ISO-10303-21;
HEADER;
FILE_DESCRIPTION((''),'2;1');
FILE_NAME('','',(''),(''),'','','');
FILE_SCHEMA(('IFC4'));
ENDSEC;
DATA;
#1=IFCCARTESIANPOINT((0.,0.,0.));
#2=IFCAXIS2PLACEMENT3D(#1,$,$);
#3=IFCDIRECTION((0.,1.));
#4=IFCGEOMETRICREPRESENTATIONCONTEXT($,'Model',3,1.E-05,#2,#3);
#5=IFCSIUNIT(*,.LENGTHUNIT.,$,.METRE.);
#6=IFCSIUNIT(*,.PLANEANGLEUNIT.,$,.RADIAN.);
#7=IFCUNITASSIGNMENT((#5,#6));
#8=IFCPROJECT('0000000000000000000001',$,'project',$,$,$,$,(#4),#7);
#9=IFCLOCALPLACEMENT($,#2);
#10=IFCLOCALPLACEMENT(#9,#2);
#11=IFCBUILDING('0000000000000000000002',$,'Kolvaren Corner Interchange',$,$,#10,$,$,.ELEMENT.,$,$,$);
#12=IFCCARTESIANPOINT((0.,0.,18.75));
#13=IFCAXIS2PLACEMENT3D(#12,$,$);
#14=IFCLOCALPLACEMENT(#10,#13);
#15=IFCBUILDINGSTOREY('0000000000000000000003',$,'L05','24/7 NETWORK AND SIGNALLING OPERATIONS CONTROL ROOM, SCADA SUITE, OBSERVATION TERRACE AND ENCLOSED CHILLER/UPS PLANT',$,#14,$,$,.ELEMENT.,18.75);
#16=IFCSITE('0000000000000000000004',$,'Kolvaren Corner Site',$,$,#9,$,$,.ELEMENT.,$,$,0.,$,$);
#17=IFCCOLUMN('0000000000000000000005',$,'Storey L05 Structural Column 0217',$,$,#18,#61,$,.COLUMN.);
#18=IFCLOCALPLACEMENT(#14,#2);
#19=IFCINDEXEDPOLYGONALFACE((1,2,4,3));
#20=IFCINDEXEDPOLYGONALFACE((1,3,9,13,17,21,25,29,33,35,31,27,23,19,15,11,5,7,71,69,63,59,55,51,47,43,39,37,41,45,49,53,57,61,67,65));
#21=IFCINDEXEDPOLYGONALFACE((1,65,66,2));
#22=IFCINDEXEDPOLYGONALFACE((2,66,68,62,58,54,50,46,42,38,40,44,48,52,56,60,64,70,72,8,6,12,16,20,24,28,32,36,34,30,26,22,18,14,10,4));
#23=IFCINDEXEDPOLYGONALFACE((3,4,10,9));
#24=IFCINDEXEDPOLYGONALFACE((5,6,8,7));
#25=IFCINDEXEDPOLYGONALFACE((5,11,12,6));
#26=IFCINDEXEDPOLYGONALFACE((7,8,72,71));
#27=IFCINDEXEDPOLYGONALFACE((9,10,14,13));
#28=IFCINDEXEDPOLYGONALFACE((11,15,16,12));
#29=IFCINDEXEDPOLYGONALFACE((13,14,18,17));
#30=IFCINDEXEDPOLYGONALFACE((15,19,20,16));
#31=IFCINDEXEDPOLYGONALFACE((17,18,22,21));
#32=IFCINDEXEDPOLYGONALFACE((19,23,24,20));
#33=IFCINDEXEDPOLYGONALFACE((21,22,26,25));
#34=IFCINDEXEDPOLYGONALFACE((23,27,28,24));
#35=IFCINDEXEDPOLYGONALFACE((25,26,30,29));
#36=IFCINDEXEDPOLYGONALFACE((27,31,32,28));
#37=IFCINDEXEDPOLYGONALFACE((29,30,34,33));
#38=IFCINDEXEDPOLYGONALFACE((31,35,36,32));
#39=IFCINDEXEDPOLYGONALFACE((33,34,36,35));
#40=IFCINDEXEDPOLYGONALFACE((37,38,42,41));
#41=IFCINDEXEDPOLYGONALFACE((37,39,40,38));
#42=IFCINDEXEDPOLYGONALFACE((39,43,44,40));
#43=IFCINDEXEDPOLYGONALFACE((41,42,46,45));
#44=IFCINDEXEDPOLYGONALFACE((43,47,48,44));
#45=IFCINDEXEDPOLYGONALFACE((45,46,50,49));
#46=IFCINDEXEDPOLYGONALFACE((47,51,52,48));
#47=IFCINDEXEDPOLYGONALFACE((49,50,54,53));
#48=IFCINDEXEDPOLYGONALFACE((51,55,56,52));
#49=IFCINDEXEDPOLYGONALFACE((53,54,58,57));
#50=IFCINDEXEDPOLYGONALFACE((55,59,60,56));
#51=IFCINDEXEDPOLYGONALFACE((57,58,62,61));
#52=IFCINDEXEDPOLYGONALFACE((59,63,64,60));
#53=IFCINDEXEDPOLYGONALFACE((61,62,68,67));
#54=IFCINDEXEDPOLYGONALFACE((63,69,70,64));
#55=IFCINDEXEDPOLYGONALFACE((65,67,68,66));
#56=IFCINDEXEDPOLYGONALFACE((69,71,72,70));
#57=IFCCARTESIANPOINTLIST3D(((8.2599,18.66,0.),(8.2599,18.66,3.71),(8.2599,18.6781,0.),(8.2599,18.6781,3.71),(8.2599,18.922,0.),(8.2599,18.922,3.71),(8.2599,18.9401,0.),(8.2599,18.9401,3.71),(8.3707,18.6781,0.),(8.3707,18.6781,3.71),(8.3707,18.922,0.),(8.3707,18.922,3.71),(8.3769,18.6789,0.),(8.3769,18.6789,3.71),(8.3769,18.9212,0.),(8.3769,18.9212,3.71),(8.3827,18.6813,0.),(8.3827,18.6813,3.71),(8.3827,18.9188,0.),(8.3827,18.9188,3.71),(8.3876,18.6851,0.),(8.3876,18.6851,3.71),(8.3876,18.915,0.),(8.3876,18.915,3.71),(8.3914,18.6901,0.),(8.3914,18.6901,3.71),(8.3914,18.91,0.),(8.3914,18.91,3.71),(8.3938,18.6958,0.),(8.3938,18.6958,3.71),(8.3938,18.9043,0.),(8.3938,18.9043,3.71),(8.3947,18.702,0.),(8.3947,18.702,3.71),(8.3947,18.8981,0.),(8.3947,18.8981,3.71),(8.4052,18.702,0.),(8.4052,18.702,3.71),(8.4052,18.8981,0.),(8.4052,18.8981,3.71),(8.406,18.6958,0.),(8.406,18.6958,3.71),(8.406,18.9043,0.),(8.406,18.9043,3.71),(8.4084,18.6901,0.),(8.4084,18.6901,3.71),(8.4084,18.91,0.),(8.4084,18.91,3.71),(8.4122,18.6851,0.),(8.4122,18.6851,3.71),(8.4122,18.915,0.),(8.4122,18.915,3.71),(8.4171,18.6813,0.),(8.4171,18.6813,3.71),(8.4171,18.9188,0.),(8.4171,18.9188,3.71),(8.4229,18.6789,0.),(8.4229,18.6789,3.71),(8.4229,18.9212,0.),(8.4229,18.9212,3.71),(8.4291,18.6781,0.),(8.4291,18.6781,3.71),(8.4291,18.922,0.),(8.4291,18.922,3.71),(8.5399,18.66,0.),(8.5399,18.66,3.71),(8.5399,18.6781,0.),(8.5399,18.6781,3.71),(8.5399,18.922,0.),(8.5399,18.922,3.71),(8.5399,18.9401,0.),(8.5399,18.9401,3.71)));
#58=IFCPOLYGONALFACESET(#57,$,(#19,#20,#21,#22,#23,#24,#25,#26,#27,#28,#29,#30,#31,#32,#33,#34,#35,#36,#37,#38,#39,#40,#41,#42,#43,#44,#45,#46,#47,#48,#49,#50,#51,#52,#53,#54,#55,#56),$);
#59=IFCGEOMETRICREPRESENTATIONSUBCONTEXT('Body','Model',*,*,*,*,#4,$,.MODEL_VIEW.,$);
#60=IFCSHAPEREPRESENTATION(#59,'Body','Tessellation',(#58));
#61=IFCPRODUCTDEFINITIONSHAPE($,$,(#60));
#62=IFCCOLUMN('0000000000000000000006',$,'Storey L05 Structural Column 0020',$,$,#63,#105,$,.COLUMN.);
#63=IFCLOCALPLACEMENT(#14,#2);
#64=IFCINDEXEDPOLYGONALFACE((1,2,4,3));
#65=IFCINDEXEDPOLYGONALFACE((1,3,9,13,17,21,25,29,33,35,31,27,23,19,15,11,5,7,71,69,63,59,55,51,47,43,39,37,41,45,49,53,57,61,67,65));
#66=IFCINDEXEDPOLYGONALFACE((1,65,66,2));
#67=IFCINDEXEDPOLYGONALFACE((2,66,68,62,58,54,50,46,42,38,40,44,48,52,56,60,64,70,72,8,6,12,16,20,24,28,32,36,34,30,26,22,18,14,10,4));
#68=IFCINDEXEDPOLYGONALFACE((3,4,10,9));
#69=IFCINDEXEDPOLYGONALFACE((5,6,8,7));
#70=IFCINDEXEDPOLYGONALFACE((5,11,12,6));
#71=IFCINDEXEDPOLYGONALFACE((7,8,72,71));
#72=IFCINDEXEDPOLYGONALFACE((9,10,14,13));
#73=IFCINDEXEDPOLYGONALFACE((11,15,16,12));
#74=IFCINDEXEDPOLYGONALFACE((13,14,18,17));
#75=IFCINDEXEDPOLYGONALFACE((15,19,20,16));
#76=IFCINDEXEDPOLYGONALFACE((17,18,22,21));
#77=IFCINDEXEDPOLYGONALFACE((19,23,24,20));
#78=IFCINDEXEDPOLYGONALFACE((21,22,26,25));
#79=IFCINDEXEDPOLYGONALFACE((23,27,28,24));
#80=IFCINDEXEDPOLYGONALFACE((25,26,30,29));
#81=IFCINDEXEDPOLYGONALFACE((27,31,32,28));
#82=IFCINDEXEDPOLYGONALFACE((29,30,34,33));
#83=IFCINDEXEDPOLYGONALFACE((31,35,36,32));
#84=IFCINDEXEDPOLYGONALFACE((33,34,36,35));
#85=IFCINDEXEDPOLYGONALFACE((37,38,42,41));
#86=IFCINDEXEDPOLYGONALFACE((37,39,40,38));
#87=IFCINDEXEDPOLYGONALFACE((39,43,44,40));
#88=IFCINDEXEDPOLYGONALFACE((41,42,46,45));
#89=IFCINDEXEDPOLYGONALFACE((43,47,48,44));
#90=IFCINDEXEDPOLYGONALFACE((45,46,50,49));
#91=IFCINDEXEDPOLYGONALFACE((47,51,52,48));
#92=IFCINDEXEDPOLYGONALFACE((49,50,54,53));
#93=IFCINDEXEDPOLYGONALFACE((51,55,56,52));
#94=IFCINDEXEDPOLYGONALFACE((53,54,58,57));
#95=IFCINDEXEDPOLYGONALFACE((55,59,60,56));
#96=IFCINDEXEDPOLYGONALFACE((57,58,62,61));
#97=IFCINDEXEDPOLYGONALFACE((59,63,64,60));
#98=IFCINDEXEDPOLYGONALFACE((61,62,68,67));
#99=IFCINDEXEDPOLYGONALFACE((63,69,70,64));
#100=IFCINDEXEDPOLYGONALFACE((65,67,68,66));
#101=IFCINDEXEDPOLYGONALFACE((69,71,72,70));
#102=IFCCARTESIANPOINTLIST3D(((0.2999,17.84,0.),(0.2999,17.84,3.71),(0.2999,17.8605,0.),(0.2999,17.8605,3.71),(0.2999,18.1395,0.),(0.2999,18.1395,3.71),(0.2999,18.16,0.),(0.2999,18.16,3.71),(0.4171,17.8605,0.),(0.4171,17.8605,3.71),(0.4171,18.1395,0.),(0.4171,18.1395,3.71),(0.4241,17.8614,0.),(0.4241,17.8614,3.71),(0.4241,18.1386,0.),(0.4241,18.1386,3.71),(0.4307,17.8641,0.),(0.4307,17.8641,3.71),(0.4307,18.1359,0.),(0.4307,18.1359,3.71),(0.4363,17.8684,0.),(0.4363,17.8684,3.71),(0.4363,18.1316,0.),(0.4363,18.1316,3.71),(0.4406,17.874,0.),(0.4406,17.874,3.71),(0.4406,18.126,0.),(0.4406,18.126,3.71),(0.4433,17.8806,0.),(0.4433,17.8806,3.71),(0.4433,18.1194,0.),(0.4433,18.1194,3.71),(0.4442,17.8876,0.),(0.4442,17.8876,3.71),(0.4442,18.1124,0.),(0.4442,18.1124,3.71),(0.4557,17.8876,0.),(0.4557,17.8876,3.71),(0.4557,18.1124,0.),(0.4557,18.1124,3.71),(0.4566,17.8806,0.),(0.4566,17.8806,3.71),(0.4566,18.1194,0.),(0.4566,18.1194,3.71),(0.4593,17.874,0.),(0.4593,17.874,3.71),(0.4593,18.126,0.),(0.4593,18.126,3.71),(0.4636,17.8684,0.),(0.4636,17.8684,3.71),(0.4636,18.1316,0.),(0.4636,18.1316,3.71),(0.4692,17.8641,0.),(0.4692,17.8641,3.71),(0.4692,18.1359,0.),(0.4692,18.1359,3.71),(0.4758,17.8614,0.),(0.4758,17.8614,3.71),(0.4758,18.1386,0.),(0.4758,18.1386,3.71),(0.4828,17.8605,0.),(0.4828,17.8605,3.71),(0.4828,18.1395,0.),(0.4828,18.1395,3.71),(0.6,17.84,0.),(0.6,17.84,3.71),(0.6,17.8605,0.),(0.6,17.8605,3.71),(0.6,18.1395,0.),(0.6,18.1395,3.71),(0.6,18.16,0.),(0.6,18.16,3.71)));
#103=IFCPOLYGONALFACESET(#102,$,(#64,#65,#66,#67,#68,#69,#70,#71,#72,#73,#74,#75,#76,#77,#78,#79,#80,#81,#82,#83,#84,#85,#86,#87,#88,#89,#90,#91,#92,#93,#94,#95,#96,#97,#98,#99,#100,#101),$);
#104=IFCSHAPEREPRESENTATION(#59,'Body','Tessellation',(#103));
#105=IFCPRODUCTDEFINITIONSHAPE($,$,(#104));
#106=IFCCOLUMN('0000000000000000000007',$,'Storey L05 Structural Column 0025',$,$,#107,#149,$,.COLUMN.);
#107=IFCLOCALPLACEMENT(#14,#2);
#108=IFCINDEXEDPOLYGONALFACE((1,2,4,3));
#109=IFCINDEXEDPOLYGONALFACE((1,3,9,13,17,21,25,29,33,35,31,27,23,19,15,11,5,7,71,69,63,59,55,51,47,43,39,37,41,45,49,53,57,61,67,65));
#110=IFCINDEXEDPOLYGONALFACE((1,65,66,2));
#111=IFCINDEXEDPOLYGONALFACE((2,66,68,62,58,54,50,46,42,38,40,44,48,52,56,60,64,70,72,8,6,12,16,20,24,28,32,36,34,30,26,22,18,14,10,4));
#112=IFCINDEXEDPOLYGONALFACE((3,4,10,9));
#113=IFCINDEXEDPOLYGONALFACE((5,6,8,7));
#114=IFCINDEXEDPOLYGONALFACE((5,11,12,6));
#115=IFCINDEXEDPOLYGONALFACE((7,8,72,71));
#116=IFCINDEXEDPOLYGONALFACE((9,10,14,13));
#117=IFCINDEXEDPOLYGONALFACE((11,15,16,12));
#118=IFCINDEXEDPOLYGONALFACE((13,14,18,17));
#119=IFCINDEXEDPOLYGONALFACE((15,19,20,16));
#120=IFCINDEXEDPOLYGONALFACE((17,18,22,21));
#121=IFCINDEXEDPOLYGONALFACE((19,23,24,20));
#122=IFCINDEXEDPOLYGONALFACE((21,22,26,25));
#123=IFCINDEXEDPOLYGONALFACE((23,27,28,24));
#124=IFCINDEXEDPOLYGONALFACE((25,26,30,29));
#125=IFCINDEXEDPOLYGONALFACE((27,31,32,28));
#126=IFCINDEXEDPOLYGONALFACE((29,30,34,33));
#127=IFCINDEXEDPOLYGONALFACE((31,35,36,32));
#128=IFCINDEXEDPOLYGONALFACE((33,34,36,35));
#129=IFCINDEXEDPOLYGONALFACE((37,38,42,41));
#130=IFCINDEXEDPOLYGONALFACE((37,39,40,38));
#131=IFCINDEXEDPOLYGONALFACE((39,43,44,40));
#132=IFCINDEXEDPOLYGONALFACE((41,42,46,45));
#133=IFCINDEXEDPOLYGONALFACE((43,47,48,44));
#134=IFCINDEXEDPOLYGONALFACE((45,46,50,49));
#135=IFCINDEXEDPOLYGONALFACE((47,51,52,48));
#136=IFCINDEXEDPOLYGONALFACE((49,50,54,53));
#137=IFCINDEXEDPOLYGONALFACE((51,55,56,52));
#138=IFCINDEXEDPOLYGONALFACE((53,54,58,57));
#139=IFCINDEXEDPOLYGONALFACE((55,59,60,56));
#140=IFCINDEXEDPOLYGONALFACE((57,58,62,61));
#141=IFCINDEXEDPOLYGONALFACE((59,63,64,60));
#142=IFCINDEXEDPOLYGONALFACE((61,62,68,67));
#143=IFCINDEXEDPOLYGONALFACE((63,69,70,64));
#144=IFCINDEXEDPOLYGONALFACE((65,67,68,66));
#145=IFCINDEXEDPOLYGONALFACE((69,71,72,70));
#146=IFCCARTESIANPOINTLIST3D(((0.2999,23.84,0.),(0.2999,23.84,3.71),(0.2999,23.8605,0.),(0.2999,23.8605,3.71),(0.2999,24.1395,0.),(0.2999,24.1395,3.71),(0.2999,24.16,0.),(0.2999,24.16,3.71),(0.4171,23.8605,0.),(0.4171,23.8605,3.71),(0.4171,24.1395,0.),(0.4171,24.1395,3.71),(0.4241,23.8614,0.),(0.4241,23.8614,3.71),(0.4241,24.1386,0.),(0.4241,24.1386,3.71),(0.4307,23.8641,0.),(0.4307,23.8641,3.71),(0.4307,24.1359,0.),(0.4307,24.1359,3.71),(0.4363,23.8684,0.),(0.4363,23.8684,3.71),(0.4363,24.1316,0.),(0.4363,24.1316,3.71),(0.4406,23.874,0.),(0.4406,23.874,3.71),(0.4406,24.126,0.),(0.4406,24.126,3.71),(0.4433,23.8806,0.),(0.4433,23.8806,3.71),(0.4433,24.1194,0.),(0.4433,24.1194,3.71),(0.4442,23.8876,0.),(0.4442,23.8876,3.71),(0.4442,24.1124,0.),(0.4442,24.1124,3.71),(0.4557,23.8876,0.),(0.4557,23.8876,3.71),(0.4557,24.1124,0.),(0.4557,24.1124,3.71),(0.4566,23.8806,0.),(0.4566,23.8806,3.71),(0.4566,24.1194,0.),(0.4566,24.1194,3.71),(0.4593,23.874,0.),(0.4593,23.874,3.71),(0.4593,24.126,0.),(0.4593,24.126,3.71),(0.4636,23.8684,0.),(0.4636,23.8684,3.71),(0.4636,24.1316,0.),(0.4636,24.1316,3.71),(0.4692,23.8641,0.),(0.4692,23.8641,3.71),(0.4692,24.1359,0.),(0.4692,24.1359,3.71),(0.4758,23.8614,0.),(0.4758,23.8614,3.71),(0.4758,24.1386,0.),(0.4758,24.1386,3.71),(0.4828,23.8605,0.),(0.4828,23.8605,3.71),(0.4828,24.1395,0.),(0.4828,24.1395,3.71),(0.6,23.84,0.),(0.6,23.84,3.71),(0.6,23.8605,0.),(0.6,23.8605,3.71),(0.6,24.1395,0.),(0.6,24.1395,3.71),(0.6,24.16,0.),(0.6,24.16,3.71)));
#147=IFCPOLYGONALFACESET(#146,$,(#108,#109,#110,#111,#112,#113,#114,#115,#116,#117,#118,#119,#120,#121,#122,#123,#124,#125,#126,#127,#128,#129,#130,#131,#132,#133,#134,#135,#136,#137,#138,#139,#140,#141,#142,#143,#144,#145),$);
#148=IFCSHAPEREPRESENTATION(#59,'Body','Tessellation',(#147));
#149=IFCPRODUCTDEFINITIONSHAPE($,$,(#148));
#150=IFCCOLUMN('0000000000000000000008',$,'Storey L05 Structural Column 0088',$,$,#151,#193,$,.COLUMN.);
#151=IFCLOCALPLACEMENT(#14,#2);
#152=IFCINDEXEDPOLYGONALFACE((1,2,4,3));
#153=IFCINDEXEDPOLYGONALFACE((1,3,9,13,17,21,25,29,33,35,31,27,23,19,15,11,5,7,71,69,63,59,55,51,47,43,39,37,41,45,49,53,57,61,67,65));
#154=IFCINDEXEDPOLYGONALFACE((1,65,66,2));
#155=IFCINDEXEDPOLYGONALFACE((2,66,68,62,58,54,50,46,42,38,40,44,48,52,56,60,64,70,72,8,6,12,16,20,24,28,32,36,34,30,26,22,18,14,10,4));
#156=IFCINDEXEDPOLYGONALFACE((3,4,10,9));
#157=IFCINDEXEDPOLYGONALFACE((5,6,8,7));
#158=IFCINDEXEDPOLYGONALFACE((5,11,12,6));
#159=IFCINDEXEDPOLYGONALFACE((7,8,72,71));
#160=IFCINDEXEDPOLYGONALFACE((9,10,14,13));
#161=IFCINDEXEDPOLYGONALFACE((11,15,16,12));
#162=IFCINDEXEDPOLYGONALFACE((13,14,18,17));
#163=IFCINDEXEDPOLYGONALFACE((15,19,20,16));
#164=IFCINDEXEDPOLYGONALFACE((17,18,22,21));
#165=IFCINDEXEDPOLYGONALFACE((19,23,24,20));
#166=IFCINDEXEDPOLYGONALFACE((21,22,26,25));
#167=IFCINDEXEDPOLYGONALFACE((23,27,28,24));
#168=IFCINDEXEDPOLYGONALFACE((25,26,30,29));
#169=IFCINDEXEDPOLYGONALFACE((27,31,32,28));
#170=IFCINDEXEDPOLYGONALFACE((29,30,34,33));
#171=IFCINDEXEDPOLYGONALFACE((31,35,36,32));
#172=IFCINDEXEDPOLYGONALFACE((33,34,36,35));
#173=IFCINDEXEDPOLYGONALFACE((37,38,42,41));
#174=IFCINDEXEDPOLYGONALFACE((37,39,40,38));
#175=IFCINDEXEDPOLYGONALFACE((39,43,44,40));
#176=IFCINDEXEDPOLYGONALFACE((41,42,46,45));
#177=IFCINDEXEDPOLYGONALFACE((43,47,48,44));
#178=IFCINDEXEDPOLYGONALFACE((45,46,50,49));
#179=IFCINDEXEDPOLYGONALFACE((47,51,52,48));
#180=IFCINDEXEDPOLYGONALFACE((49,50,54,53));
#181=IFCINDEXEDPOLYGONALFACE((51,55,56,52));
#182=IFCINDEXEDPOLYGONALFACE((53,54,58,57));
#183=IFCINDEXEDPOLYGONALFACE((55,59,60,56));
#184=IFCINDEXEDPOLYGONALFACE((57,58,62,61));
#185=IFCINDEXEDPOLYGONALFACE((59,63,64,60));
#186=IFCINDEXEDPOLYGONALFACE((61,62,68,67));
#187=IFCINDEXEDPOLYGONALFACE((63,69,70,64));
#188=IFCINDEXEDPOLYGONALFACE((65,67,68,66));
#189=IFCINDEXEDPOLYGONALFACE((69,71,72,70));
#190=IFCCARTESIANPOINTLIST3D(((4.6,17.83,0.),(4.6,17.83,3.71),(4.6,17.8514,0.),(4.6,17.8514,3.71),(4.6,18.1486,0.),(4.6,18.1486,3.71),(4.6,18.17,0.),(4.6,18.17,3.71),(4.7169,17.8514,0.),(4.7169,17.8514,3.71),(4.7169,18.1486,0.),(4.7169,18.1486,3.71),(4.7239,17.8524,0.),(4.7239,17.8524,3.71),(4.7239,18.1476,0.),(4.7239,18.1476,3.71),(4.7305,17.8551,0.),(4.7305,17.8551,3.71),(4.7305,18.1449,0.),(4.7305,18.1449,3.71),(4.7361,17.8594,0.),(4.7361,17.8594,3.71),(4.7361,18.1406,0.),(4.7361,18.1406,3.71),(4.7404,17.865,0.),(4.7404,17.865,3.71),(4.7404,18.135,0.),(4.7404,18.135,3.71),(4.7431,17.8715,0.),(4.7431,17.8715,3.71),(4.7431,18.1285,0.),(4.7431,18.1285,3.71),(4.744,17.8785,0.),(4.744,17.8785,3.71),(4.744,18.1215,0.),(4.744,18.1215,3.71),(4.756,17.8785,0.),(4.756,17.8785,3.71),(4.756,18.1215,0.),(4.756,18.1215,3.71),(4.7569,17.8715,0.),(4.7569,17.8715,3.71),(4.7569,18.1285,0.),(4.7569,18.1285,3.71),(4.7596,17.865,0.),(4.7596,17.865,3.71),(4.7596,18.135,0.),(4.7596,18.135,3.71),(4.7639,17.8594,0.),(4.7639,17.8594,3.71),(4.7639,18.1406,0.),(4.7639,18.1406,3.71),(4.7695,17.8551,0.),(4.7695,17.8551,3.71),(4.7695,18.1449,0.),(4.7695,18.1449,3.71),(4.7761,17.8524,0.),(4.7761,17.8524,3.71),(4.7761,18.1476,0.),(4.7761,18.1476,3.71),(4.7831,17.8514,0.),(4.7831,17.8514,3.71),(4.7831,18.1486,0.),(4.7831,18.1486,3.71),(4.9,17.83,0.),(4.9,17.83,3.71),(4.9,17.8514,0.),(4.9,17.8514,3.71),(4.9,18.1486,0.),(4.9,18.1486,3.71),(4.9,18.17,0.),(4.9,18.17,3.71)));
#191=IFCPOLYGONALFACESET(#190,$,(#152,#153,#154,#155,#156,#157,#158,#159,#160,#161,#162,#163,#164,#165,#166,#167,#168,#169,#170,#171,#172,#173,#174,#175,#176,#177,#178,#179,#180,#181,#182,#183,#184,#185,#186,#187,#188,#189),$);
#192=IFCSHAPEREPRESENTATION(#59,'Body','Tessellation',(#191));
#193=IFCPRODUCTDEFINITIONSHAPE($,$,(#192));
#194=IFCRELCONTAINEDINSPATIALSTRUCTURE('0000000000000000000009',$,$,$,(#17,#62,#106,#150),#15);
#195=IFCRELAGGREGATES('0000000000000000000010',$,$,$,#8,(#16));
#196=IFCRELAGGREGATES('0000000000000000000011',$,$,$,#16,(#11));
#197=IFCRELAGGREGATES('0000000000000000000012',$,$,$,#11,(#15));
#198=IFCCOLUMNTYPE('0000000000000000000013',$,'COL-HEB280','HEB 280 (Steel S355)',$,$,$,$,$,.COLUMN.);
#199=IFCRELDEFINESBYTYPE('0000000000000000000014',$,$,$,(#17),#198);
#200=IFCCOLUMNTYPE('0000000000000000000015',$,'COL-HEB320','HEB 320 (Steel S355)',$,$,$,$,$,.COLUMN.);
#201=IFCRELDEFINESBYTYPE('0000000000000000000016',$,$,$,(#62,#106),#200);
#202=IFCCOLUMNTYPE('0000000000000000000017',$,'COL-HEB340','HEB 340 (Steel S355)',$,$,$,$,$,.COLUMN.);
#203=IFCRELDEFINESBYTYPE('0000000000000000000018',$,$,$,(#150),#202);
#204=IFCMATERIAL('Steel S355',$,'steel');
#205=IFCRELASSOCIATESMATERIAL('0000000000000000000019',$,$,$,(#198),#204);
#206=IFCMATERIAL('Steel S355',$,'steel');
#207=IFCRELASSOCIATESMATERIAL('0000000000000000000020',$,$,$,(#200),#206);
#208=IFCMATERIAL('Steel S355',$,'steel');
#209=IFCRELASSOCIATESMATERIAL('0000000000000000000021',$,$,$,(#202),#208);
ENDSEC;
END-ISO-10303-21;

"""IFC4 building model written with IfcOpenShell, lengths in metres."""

from ifc_helpers import new_model, si_unit, direction, frame, origin, origin_2d, place, context, subcontext, project, spatial, i_section, extrude, material, material_profile, profile_set, type_object, element, save


model = new_model("IFC4")

# Units and contexts
model_context = context("Model", 3, precision=1e-05, world=origin(), true_north=direction((0.0, 1.0)))
body_context = subcontext(model_context, "Body", "Model", "MODEL_VIEW")
ifc_project = project(units=[si_unit("LENGTHUNIT", "METRE"), si_unit("PLANEANGLEUNIT", "RADIAN")], contexts=[model_context])

# Site, building, storey
site_placement = place(None, origin())
site = spatial("IfcSite", under=ifc_project, at=site_placement, Name="Kolvaren Corner Site", CompositionType="ELEMENT", RefElevation=0.0)
building_placement = place(site_placement, origin())
building = spatial("IfcBuilding", under=site, at=building_placement, Name="Kolvaren Corner Interchange", CompositionType="ELEMENT")
storey_placement = place(building_placement, frame((0.0, 0.0, 18.75)))
storey = spatial("IfcBuildingStorey", under=building, at=storey_placement, Name="L05", Description="24/7 NETWORK AND SIGNALLING OPERATIONS CONTROL ROOM, SCADA SUITE, OBSERVATION TERRACE AND ENCLOSED CHILLER/UPS PLANT", CompositionType="ELEMENT", Elevation=18.75)

# Columns
ifc_material_1 = material(Name="Steel S355", Category="steel")
ifc_material_profile_1 = material_profile(ifc_material_1, i_section(OverallWidth=0.28, OverallDepth=0.28, WebThickness=0.0105, FlangeThickness=0.0181, FilletRadius=0.0239, at=origin_2d()), Name="HEB 280")
ifc_profile_set_1 = profile_set([ifc_material_profile_1], Name="Steel S355")
column_type_1 = type_object("IfcColumnType", Name="COL-HEB280", Description="HEB 280 (Steel S355)", PredefinedType="COLUMN", material=ifc_profile_set_1)
column_placement = place(storey_placement, frame((8.3999, 18.8, 0.0), z_axis=(0.0, 0.0, 1.0), x_axis=(1.0, 0.0, 0.0)))
element("IfcColumn", 1, at=column_placement, inside=storey, type_object=column_type_1, Name="Storey L05 Structural Column 0217", PredefinedType="COLUMN", context=body_context, shape_type="SweptSolid", body=[
    extrude(i_section(OverallWidth=0.28, OverallDepth=0.28, WebThickness=0.0105, FlangeThickness=0.0181, FilletRadius=0.0239, at=origin_2d()), origin(), (0.0, 0.0, 1.0), 3.71),
])
ifc_material_2 = material(Name="Steel S355", Category="steel")
ifc_material_profile_2 = material_profile(ifc_material_2, i_section(OverallWidth=0.3, OverallDepth=0.3201, WebThickness=0.0115, FlangeThickness=0.0205, FilletRadius=0.0271, at=origin_2d()), Name="HEB 320")
ifc_profile_set_2 = profile_set([ifc_material_profile_2], Name="Steel S355")
column_type_2 = type_object("IfcColumnType", Name="COL-HEB320", Description="HEB 320 (Steel S355)", PredefinedType="COLUMN", material=ifc_profile_set_2)
for number, where, z_axis, x_axis, name in (
    (2, (0.45, 18.0, 0.0), (0.0, 0.0, 1.0), (1.0, 0.0, 0.0), "Storey L05 Structural Column 0020"),
    (3, (0.45, 24.0, 0.0), (0.0, 0.0, 1.0), (1.0, 0.0, 0.0), "Storey L05 Structural Column 0025"),
):
    element("IfcColumn", number, at=place(storey_placement, frame(where, z_axis=z_axis, x_axis=x_axis)), inside=storey, type_object=column_type_2, Name=name, PredefinedType="COLUMN", context=body_context, shape_type="SweptSolid", body=[
        extrude(i_section(OverallWidth=0.3, OverallDepth=0.3201, WebThickness=0.0115, FlangeThickness=0.0205, FilletRadius=0.0271, at=origin_2d()), origin(), (0.0, 0.0, 1.0), 3.71),
    ])
ifc_material_3 = material(Name="Steel S355", Category="steel")
ifc_material_profile_3 = material_profile(ifc_material_3, i_section(OverallWidth=0.3, OverallDepth=0.3401, WebThickness=0.012, FlangeThickness=0.0215, FilletRadius=0.0271, at=origin_2d()), Name="HEB 340")
ifc_profile_set_3 = profile_set([ifc_material_profile_3], Name="Steel S355")
column_type_3 = type_object("IfcColumnType", Name="COL-HEB340", Description="HEB 340 (Steel S355)", PredefinedType="COLUMN", material=ifc_profile_set_3)
for number, where, z_axis, x_axis, name in (
    (4, (4.75, 18.0, 0.0), (0.0, 0.0, 1.0), (1.0, 0.0, 0.0), "Storey L05 Structural Column 0088"),
):
    element("IfcColumn", number, at=place(storey_placement, frame(where, z_axis=z_axis, x_axis=x_axis)), inside=storey, type_object=column_type_3, Name=name, PredefinedType="COLUMN", context=body_context, shape_type="SweptSolid", body=[
        extrude(i_section(OverallWidth=0.3, OverallDepth=0.3401, WebThickness=0.012, FlangeThickness=0.0215, FilletRadius=0.0271, at=origin_2d()), origin(), (0.0, 0.0, 1.0), 3.71),
    ])

save(model, "model.ifc")
